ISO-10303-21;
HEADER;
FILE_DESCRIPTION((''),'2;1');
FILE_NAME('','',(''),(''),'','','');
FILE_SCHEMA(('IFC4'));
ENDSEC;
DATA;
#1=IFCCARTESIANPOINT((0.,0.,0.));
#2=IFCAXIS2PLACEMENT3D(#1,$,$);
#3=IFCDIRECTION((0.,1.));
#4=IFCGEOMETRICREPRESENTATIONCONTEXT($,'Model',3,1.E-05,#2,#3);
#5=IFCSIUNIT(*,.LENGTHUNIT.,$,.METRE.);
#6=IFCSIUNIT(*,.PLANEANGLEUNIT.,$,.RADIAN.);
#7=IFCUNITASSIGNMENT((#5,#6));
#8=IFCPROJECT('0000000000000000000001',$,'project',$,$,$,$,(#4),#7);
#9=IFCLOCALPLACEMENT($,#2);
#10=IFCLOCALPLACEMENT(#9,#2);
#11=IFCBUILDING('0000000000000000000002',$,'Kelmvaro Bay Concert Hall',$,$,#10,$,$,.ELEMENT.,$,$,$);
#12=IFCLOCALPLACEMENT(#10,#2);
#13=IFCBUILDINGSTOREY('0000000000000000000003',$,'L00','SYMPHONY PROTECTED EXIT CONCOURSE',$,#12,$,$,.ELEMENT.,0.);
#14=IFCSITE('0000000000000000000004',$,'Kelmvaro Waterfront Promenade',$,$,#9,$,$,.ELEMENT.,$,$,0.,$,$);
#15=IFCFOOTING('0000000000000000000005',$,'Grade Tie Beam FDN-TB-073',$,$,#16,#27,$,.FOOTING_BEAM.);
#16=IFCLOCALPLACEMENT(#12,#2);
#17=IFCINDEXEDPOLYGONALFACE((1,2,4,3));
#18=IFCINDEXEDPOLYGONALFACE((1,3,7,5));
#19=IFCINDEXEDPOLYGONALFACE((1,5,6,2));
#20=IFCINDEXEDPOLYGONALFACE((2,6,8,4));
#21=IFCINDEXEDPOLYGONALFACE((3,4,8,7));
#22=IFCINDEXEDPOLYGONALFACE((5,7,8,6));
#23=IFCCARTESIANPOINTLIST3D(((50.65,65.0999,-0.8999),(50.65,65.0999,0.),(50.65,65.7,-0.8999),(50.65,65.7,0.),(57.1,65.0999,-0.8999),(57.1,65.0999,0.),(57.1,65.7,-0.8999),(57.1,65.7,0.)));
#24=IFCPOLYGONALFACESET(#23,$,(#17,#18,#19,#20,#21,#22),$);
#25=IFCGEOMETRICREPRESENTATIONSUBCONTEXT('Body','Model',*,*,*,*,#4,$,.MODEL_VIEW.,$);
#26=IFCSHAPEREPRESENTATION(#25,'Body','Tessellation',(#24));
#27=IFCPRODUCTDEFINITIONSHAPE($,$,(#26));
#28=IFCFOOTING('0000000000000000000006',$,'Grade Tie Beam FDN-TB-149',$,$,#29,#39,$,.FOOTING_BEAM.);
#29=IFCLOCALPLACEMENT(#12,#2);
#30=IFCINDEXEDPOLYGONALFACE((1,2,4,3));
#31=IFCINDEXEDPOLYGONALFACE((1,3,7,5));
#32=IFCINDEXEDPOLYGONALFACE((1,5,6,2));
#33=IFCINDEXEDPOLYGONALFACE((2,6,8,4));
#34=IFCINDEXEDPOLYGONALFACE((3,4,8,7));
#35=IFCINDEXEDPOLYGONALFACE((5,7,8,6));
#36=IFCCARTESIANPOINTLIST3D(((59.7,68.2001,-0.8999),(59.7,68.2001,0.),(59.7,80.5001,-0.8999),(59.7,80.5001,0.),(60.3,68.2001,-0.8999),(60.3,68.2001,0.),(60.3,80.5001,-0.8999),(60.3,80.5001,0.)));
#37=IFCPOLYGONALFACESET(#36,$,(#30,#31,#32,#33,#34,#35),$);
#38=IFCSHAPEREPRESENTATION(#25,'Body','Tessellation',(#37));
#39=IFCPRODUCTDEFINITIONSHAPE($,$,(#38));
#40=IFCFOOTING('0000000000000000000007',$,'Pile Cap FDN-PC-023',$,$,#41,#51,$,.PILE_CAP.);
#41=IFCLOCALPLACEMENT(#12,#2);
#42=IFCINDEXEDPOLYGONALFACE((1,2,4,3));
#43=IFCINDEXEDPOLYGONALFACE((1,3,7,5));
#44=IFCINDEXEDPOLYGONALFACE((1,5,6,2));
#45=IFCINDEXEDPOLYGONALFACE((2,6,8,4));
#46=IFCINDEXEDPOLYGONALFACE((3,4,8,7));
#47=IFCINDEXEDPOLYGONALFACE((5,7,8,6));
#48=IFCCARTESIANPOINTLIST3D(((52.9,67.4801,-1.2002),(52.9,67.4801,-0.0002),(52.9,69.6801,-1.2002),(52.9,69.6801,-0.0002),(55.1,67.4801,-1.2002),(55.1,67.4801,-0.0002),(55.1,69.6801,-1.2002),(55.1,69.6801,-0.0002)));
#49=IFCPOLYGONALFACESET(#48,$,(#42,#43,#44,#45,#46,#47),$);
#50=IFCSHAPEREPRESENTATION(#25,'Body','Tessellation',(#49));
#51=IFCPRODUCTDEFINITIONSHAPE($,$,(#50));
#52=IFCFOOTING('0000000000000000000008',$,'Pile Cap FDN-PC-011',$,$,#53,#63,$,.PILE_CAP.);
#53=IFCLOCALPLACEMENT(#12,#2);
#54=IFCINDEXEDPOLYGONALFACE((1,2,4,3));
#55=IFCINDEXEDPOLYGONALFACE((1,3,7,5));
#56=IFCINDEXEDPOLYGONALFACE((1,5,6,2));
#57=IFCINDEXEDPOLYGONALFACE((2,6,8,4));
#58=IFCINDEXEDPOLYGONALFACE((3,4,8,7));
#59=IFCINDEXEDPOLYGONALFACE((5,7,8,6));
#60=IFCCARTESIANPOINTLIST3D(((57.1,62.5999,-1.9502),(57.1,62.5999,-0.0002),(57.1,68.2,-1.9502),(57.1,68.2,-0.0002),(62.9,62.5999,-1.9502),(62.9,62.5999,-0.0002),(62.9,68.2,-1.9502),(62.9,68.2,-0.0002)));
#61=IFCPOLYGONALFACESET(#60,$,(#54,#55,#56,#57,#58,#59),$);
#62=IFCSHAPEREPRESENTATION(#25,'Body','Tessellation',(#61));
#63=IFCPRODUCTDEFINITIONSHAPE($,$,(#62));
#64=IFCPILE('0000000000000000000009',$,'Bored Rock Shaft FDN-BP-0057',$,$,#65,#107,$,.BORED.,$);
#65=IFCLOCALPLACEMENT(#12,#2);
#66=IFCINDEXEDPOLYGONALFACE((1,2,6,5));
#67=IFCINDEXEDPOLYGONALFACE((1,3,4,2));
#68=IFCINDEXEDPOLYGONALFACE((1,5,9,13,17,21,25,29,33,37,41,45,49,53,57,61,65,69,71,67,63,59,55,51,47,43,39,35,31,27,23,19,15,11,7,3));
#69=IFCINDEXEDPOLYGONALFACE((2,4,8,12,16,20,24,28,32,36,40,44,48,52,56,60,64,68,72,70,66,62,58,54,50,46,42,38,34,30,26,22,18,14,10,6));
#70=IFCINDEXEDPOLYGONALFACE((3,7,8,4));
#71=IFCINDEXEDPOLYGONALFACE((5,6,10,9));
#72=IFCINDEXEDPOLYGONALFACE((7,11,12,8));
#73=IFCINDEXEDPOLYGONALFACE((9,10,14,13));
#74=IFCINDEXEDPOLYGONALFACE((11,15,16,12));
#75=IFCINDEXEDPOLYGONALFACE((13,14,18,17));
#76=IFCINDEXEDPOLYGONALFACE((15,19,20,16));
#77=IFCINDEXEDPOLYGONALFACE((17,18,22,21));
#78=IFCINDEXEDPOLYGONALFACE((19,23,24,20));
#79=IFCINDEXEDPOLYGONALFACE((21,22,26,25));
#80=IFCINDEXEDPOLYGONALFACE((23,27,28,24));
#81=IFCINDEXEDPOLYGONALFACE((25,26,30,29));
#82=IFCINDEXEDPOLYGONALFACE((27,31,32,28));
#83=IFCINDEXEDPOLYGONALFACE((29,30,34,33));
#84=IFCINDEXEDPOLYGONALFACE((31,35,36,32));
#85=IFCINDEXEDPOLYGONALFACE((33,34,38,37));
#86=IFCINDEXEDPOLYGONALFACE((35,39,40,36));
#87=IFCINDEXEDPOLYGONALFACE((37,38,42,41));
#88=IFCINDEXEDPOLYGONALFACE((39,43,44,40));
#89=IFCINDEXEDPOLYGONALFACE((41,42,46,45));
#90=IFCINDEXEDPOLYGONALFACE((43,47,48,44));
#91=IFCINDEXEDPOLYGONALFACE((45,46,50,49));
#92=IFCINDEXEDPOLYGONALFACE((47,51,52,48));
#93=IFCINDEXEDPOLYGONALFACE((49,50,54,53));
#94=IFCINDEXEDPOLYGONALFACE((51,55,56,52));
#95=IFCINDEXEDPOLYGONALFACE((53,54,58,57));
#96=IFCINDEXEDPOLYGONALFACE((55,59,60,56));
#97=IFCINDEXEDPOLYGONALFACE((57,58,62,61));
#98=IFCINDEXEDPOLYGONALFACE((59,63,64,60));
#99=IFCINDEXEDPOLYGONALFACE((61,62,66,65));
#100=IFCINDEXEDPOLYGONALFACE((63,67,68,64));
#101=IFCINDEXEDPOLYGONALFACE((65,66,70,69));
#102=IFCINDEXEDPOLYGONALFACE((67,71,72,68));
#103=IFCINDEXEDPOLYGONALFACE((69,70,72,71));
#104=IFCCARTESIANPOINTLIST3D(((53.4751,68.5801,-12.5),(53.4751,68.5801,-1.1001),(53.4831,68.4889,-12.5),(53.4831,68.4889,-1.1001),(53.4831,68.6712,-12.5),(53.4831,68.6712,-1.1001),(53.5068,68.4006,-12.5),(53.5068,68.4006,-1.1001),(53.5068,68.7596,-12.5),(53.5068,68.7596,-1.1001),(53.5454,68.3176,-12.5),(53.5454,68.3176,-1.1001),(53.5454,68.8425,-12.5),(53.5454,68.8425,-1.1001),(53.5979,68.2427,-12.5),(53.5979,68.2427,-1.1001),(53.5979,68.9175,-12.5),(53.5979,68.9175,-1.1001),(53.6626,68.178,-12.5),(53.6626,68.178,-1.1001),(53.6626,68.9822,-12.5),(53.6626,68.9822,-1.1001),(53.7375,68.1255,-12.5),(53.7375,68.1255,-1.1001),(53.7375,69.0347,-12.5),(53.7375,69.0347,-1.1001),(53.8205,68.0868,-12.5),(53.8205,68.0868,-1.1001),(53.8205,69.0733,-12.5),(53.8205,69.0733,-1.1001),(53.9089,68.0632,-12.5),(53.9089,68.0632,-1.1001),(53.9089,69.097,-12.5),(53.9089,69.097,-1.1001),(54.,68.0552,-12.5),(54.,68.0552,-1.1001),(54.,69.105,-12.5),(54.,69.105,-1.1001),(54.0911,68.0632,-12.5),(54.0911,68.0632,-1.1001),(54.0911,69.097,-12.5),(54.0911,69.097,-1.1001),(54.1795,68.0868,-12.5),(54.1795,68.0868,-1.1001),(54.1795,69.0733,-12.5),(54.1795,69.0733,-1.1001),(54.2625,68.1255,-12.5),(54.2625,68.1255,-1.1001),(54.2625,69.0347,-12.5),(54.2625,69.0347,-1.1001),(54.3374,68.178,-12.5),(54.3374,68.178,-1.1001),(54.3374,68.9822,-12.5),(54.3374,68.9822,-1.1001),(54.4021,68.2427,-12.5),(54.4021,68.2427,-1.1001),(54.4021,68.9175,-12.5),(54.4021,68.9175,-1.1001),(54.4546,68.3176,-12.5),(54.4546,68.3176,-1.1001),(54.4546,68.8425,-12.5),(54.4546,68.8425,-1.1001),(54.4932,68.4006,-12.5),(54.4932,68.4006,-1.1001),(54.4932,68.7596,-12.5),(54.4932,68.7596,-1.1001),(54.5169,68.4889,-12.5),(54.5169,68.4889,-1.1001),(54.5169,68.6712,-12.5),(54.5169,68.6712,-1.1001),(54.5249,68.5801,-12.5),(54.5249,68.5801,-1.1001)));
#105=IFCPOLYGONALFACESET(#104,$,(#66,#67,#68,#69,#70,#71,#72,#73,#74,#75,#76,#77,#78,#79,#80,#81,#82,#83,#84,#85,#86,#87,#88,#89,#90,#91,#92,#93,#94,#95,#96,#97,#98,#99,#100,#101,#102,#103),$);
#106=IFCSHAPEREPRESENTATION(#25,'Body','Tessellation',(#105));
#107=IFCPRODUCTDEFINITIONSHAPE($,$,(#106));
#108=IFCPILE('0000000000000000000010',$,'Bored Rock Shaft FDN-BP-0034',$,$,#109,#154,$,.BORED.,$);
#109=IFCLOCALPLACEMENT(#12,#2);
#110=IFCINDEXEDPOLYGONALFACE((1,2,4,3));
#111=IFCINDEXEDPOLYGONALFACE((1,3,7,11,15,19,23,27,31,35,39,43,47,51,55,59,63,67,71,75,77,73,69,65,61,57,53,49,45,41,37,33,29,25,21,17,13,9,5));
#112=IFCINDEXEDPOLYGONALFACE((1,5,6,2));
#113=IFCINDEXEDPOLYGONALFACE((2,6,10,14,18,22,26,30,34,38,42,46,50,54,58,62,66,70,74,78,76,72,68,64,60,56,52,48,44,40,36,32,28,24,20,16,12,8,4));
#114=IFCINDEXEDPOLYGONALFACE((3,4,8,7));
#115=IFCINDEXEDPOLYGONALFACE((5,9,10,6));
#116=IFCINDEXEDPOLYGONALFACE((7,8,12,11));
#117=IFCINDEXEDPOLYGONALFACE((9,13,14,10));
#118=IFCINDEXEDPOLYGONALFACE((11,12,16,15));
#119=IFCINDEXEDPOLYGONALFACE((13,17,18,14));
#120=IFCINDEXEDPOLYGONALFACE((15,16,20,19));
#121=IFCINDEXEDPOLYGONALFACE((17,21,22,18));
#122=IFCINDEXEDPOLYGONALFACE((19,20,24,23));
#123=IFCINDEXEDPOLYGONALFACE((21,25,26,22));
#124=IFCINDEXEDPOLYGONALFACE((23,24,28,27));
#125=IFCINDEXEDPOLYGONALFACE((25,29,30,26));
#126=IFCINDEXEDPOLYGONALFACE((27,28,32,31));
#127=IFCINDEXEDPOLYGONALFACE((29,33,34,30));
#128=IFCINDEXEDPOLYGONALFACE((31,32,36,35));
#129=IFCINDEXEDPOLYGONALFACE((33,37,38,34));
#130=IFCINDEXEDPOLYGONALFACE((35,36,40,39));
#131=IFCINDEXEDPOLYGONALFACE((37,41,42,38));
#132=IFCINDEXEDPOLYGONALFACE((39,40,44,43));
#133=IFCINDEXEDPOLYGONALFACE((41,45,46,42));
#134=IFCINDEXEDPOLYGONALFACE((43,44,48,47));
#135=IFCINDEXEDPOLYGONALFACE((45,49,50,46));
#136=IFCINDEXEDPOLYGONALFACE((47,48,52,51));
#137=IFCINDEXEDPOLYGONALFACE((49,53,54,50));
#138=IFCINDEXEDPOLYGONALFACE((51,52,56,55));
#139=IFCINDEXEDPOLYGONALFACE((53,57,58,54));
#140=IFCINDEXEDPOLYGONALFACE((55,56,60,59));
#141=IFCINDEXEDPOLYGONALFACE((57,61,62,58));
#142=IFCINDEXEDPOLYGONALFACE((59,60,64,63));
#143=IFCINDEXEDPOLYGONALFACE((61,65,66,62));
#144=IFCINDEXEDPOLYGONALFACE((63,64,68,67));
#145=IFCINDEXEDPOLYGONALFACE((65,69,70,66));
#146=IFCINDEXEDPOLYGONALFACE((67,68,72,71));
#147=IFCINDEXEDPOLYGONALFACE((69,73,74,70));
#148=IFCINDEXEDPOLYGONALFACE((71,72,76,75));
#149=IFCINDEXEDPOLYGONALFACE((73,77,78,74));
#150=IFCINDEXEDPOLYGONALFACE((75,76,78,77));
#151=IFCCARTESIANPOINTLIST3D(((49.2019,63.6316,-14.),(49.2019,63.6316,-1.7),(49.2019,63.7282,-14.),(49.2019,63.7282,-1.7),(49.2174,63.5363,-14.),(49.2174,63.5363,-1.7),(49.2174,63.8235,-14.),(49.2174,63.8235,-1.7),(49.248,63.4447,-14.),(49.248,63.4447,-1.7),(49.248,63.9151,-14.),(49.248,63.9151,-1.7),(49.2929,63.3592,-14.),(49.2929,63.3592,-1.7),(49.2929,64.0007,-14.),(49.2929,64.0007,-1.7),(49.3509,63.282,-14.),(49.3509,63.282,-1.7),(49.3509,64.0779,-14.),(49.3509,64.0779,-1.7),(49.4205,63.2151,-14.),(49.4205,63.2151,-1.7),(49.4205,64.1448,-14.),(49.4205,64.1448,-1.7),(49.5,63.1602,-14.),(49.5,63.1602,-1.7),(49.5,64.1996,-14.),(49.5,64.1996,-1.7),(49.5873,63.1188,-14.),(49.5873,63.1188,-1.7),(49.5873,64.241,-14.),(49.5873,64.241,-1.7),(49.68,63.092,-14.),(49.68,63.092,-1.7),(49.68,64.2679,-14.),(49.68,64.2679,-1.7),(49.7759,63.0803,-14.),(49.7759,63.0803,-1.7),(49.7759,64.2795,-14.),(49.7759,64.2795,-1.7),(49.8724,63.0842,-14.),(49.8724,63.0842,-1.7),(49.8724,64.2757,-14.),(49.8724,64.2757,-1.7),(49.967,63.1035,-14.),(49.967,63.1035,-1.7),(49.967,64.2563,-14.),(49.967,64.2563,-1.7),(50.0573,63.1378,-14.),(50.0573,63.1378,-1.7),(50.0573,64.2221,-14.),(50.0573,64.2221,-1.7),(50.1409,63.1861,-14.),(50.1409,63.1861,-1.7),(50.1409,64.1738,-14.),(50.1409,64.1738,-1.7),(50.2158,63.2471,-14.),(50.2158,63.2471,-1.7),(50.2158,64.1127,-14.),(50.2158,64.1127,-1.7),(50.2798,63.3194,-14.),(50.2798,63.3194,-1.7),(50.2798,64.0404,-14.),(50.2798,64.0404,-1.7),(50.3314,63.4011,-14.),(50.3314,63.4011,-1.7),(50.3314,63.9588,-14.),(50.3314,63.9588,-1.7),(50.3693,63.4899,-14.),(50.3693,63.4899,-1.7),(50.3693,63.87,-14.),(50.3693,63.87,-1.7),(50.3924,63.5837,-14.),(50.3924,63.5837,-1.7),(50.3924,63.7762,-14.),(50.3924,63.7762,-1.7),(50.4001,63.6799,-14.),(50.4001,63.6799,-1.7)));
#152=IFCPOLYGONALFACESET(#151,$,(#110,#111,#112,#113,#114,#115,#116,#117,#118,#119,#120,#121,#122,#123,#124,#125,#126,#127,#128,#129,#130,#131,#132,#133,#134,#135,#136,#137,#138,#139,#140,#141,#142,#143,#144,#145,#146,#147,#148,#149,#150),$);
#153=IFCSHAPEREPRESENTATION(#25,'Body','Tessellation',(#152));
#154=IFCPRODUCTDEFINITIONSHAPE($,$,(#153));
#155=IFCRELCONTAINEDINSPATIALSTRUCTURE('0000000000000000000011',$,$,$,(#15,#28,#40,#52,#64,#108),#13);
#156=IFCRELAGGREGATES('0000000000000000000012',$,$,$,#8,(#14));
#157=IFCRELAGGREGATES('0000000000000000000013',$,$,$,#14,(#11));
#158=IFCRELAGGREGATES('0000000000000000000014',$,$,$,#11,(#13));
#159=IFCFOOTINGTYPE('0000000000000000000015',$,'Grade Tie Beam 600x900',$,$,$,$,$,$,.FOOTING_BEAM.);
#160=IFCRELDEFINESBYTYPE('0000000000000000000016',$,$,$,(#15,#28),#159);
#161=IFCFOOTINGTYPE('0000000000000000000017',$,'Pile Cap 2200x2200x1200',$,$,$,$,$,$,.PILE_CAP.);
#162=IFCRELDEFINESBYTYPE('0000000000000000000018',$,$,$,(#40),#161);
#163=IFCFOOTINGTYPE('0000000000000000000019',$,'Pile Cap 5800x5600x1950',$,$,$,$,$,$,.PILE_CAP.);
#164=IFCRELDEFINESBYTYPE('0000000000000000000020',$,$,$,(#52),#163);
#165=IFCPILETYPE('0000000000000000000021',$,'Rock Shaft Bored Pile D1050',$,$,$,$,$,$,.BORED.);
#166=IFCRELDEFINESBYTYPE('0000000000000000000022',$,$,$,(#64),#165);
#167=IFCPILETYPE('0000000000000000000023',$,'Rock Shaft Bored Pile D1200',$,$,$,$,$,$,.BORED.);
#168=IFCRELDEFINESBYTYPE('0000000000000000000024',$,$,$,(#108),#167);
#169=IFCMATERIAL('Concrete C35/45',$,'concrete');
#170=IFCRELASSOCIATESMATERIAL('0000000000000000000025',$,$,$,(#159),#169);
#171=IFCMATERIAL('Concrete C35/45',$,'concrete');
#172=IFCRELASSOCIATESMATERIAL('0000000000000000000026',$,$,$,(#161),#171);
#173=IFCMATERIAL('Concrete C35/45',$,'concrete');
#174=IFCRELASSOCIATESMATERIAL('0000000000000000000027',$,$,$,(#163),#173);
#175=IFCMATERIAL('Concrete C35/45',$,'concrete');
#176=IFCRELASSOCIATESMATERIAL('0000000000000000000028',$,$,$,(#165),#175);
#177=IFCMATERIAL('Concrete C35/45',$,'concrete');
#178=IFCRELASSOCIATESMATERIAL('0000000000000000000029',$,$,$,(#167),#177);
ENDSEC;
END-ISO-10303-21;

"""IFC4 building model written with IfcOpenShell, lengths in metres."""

from ifc_helpers import new_model, si_unit, direction, frame, origin, origin_2d, place, context, subcontext, project, spatial, rectangle, circle, extrude, material, material_profile, profile_set, type_object, element, save


model = new_model("IFC4")

# Units and contexts
model_context = context("Model", 3, precision=1e-05, world=origin(), true_north=direction((0.0, 1.0)))
body_context = subcontext(model_context, "Body", "Model", "MODEL_VIEW")
ifc_project = project(units=[si_unit("LENGTHUNIT", "METRE"), si_unit("PLANEANGLEUNIT", "RADIAN")], contexts=[model_context])

# Site, building, storey
site_placement = place(None, origin())
site = spatial("IfcSite", under=ifc_project, at=site_placement, Name="Kelmvaro Waterfront Promenade", CompositionType="ELEMENT", RefElevation=0.0)
building_placement = place(site_placement, origin())
building = spatial("IfcBuilding", under=site, at=building_placement, Name="Kelmvaro Bay Concert Hall", CompositionType="ELEMENT")
storey_placement = place(building_placement, origin())
storey = spatial("IfcBuildingStorey", under=building, at=storey_placement, Name="L00", Description="SYMPHONY PROTECTED EXIT CONCOURSE", CompositionType="ELEMENT", Elevation=0.0)

# Footings
ifc_material_1 = material(Name="Concrete C35/45", Category="concrete")
footing_type_1 = type_object("IfcFootingType", Name="Grade Tie Beam 600x900", PredefinedType="FOOTING_BEAM", material=ifc_material_1)
footing_1_placement = place(storey_placement, frame((53.875, 65.3999, -0.8999), z_axis=(0.0, 0.0, 1.0), x_axis=(1.0, 0.0, 0.0)))
element("IfcFooting", 1, at=footing_1_placement, inside=storey, type_object=footing_type_1, Name="Grade Tie Beam FDN-TB-073", PredefinedType="FOOTING_BEAM", context=body_context, shape_type="SweptSolid", body=[
    extrude(rectangle(XDim=6.45, YDim=0.6001, at=origin_2d()), origin(), (0.0, 0.0, 1.0), 0.8999),
])
footing_2_placement = place(storey_placement, frame((60.0, 74.3501, -0.8999), z_axis=(0.0, 0.0, 1.0), x_axis=(0.0, 1.0, 0.0)))
element("IfcFooting", 2, at=footing_2_placement, inside=storey, type_object=footing_type_1, Name="Grade Tie Beam FDN-TB-149", PredefinedType="FOOTING_BEAM", context=body_context, shape_type="SweptSolid", body=[
    extrude(rectangle(XDim=12.3, YDim=0.6001, at=origin_2d()), origin(), (0.0, 0.0, 1.0), 0.8999),
])
ifc_material_2 = material(Name="Concrete C35/45", Category="concrete")
footing_type_2 = type_object("IfcFootingType", Name="Pile Cap 2200x2200x1200", PredefinedType="PILE_CAP", material=ifc_material_2)
footing_3_placement = place(storey_placement, frame((54.0, 68.5801, -1.2002), z_axis=(0.0, 0.0, 1.0), x_axis=(1.0, 0.0, 0.0)))
element("IfcFooting", 3, at=footing_3_placement, inside=storey, type_object=footing_type_2, Name="Pile Cap FDN-PC-023", PredefinedType="PILE_CAP", context=body_context, shape_type="SweptSolid", body=[
    extrude(rectangle(XDim=2.2, YDim=2.2, at=origin_2d()), origin(), (0.0, 0.0, 1.0), 1.2),
])
ifc_material_3 = material(Name="Concrete C35/45", Category="concrete")
footing_type_3 = type_object("IfcFootingType", Name="Pile Cap 5800x5600x1950", PredefinedType="PILE_CAP", material=ifc_material_3)
footing_4_placement = place(storey_placement, frame((60.0, 65.3999, -1.9502), z_axis=(0.0, 0.0, 1.0), x_axis=(1.0, 0.0, 0.0)))
element("IfcFooting", 4, at=footing_4_placement, inside=storey, type_object=footing_type_3, Name="Pile Cap FDN-PC-011", PredefinedType="PILE_CAP", context=body_context, shape_type="SweptSolid", body=[
    extrude(rectangle(XDim=5.8, YDim=5.6001, at=origin_2d()), origin(), (0.0, 0.0, 1.0), 1.95),
])

# Piles
ifc_material_4 = material(Name="Concrete C35/45", Category="concrete")
ifc_material_profile_1 = material_profile(ifc_material_4, circle(Radius=0.5249, at=origin_2d()), Name="PILE-BORED-1050")
ifc_profile_set_1 = profile_set([ifc_material_profile_1], Name="Concrete C35/45")
pile_type_1 = type_object("IfcPileType", Name="Rock Shaft Bored Pile D1050", PredefinedType="BORED", material=ifc_profile_set_1)
pile_placement = place(storey_placement, frame((54.0, 68.5801, -1.1001), z_axis=(0.0, 0.0, -1.0), x_axis=(1.0, 0.0, 0.0)))
element("IfcPile", 5, at=pile_placement, inside=storey, type_object=pile_type_1, Name="Bored Rock Shaft FDN-BP-0057", PredefinedType="BORED", context=body_context, shape_type="SweptSolid", body=[
    extrude(circle(Radius=0.5249, at=origin_2d()), origin(), (0.0, 0.0, 1.0), 11.3999),
])
ifc_material_5 = material(Name="Concrete C35/45", Category="concrete")
ifc_material_profile_2 = material_profile(ifc_material_5, circle(Radius=0.6001, at=origin_2d()), Name="PILE-BORED-1200")
ifc_profile_set_2 = profile_set([ifc_material_profile_2], Name="Concrete C35/45")
pile_type_2 = type_object("IfcPileType", Name="Rock Shaft Bored Pile D1200", PredefinedType="BORED", material=ifc_profile_set_2)
for number, where, z_axis, x_axis, name in (
    (6, (49.8, 63.6799, -1.7), (0.0, 0.0, -1.0), (1.0, 0.0, 0.0), "Bored Rock Shaft FDN-BP-0034"),
):
    element("IfcPile", number, at=place(storey_placement, frame(where, z_axis=z_axis, x_axis=x_axis)), inside=storey, type_object=pile_type_2, Name=name, PredefinedType="BORED", context=body_context, shape_type="SweptSolid", body=[
        extrude(circle(Radius=0.6001, at=origin_2d()), origin(), (0.0, 0.0, 1.0), 12.3),
    ])

save(model, "model.ifc")
